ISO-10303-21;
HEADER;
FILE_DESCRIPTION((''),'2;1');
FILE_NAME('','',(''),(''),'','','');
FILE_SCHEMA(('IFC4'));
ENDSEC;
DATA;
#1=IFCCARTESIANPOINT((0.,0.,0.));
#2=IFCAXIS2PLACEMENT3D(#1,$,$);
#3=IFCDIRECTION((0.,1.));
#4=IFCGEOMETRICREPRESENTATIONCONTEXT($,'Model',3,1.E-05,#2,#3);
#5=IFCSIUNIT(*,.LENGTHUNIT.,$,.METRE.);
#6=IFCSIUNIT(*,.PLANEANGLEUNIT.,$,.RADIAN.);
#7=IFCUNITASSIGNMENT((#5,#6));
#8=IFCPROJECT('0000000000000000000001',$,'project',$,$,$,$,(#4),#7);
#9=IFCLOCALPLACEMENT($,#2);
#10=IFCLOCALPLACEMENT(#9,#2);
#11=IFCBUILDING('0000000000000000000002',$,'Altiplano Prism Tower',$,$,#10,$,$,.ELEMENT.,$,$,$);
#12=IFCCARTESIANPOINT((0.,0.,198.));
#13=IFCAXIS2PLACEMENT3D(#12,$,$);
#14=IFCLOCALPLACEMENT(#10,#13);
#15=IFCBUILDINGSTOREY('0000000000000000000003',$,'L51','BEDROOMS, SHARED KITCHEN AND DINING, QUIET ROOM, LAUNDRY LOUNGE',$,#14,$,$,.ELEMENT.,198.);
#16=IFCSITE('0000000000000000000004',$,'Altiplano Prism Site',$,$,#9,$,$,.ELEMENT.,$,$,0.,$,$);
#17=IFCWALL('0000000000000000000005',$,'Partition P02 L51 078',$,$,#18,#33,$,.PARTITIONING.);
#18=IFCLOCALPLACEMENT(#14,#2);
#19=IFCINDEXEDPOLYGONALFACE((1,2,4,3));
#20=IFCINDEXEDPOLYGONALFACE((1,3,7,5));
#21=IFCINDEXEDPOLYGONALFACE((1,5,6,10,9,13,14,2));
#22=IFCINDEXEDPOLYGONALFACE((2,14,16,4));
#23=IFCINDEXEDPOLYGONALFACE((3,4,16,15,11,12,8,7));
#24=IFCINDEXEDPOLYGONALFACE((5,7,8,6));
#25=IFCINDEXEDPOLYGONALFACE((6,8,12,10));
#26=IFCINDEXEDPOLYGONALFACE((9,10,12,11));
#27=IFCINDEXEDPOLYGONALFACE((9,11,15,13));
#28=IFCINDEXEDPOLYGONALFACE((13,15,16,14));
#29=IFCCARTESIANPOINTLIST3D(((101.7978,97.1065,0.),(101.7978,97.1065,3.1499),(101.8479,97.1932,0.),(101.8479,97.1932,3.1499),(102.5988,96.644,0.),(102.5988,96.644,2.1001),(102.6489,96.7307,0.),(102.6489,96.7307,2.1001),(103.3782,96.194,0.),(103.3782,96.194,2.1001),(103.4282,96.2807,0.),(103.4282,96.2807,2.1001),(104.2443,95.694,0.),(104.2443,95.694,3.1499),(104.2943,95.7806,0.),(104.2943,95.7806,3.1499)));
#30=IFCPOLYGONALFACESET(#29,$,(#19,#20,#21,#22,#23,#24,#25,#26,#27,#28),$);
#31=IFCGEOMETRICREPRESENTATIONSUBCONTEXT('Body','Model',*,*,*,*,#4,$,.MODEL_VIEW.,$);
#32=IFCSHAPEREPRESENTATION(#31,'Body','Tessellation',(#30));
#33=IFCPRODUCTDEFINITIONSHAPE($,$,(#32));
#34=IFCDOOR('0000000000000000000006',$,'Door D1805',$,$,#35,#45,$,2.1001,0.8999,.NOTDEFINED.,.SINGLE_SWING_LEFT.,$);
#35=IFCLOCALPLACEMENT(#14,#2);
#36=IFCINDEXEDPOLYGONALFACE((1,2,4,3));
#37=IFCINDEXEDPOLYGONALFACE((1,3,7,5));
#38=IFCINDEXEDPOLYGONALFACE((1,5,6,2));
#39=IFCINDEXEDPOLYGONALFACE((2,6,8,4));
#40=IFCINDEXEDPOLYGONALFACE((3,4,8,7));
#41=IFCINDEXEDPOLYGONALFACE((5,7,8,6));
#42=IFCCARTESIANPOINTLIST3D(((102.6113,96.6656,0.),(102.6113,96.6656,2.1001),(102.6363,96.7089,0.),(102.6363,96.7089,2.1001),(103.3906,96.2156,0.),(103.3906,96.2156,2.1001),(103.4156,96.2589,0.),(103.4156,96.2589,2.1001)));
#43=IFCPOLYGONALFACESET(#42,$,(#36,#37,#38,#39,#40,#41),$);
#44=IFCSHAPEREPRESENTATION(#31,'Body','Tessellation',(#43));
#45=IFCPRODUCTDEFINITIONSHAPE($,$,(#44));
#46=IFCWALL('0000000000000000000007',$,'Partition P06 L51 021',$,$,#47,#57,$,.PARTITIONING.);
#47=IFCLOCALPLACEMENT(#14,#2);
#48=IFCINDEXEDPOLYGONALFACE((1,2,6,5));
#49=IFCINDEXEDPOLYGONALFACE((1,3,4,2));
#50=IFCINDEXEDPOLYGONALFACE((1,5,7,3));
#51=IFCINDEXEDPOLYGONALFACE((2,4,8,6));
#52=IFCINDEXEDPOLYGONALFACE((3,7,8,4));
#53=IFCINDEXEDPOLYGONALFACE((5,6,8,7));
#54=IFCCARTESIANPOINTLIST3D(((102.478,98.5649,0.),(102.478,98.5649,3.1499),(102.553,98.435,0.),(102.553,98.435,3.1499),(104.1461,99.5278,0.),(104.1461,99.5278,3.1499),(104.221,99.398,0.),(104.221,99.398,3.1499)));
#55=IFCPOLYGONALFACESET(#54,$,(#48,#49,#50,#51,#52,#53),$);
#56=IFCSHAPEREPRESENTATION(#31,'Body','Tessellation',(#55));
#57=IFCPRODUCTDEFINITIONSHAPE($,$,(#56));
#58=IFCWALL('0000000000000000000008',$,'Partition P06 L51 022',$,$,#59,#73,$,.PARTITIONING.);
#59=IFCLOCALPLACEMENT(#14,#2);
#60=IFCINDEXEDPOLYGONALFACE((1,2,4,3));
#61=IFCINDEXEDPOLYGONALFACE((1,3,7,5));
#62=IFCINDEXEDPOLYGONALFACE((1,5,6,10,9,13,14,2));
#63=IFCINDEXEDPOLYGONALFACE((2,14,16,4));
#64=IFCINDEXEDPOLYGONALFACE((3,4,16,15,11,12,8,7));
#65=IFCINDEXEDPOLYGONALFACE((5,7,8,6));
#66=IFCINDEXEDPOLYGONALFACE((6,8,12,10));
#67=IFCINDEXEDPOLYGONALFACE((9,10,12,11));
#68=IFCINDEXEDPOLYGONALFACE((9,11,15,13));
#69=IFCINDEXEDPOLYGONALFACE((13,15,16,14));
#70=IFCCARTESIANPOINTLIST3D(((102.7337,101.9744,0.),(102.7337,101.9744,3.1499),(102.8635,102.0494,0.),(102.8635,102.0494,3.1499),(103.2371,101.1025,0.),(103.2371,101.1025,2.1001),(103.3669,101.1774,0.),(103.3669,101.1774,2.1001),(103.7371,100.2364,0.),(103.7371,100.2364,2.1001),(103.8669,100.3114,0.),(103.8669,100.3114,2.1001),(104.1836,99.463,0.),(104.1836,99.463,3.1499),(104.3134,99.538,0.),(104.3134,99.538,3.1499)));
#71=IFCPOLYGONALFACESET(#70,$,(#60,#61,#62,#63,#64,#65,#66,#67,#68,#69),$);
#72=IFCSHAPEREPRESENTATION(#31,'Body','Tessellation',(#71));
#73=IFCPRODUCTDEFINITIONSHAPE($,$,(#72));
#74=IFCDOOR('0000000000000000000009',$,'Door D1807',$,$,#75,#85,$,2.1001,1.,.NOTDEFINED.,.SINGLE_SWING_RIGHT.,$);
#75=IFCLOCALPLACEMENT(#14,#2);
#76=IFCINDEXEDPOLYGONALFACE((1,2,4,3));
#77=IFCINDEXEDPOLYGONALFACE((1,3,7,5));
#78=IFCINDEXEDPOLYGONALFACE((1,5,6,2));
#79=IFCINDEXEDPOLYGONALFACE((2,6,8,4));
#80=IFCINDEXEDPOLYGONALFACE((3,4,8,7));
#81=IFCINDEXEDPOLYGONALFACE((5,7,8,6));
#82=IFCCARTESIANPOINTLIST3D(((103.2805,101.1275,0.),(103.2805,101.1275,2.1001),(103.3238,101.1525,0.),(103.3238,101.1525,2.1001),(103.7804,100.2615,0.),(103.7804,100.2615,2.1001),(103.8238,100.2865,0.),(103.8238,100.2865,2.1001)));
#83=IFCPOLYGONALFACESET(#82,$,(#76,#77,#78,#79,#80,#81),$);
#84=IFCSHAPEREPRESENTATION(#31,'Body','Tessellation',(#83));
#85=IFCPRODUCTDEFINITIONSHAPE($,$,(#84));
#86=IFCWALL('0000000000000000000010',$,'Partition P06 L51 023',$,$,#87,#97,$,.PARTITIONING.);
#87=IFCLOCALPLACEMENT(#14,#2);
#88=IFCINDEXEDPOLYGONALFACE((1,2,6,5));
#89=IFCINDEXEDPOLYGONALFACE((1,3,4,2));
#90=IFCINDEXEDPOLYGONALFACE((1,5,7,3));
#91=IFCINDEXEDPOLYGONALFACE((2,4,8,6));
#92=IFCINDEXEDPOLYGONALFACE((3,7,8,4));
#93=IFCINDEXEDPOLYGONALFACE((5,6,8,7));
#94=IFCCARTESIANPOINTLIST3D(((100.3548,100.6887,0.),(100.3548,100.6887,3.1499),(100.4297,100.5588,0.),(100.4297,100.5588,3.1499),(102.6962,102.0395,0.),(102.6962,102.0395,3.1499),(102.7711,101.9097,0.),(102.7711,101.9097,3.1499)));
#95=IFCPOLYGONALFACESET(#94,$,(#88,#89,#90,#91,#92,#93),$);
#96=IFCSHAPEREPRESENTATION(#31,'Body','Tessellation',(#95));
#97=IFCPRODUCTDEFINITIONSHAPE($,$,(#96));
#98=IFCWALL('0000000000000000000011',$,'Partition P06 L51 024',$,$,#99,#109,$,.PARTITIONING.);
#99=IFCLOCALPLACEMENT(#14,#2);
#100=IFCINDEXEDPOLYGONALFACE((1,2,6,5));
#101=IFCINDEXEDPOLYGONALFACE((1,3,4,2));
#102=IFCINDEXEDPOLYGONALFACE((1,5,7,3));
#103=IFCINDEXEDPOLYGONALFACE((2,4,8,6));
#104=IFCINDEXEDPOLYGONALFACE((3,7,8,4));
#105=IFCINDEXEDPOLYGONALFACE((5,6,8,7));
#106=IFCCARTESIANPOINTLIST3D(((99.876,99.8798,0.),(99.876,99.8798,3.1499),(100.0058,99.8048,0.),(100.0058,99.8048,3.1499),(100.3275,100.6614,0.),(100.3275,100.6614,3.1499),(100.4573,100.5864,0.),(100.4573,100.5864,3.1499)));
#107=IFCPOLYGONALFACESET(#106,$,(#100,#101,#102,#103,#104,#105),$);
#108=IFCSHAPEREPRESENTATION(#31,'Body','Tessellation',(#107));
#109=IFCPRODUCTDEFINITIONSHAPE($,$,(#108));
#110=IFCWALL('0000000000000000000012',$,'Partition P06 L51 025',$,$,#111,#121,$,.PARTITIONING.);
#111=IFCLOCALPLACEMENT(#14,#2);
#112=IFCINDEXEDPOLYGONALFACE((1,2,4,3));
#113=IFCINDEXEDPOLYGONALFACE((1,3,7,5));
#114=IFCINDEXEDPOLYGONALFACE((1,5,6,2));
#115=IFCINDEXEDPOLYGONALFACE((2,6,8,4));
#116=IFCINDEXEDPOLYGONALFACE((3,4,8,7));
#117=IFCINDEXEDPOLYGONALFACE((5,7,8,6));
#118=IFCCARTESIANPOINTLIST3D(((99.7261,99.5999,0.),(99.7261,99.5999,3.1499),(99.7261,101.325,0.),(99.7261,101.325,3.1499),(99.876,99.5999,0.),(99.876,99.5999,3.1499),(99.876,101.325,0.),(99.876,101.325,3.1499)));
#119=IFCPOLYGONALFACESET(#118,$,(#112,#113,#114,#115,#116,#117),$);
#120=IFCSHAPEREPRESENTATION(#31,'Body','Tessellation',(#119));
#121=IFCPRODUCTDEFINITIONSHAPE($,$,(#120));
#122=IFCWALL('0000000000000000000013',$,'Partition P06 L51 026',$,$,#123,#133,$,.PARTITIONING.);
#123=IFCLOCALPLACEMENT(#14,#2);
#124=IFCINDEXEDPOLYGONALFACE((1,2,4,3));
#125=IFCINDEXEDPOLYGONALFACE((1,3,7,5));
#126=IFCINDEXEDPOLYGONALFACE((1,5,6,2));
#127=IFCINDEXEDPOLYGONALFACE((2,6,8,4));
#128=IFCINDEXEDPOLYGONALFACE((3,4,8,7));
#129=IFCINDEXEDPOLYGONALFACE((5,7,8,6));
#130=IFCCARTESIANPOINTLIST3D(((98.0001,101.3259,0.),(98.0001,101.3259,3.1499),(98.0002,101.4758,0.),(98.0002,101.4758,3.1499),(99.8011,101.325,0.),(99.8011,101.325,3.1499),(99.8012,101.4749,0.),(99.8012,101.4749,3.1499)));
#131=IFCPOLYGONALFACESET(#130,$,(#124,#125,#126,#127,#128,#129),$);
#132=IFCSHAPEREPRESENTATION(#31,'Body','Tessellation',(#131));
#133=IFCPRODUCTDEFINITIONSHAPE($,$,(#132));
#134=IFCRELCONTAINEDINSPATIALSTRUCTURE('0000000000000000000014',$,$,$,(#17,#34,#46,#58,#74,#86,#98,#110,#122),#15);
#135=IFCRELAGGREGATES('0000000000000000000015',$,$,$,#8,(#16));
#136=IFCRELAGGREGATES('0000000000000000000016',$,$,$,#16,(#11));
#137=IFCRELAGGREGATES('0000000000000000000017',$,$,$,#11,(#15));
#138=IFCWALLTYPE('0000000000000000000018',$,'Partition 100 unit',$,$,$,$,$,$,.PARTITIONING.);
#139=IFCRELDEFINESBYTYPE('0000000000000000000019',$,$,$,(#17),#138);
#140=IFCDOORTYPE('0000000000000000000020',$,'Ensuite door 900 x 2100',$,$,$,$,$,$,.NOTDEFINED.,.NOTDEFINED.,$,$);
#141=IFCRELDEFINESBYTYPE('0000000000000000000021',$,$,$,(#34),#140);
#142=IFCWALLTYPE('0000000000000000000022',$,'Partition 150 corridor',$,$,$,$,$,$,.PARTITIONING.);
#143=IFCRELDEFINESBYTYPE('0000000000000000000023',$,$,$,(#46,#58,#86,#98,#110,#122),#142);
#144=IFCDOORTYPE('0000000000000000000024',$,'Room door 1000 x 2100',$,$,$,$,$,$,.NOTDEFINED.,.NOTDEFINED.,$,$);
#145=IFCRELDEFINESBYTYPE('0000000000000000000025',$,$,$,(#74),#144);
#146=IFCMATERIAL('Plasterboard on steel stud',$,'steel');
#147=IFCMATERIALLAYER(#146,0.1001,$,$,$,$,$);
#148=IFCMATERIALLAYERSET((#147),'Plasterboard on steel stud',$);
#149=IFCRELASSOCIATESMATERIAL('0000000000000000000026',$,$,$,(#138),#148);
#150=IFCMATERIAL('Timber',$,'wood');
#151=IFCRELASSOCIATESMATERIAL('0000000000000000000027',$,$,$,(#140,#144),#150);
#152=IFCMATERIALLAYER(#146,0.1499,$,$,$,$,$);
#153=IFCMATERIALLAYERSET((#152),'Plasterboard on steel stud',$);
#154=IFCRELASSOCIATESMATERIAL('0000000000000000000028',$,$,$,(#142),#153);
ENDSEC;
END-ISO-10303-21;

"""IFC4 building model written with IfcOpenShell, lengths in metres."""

from ifc_helpers import new_model, si_unit, direction, frame, frame_2d, origin, place, context, subcontext, project, spatial, rectangle, extrude, material, layer, layer_set, type_object, element, fill, save


model = new_model("IFC4")

# Units and contexts
model_context = context("Model", 3, precision=1e-05, world=origin(), true_north=direction((0.0, 1.0)))
body_context = subcontext(model_context, "Body", "Model", "MODEL_VIEW")
ifc_project = project(units=[si_unit("LENGTHUNIT", "METRE"), si_unit("PLANEANGLEUNIT", "RADIAN")], contexts=[model_context])

# Site, building, storey
site_placement = place(None, origin())
site = spatial("IfcSite", under=ifc_project, at=site_placement, Name="Altiplano Prism Site", CompositionType="ELEMENT", RefElevation=0.0)
building_placement = place(site_placement, origin())
building = spatial("IfcBuilding", under=site, at=building_placement, Name="Altiplano Prism Tower", CompositionType="ELEMENT")
storey_placement = place(building_placement, frame((0.0, 0.0, 198.0)))
storey = spatial("IfcBuildingStorey", under=building, at=storey_placement, Name="L51", Description="BEDROOMS, SHARED KITCHEN AND DINING, QUIET ROOM, LAUNDRY LOUNGE", CompositionType="ELEMENT", Elevation=198.0)

# Wall, opening, door
ifc_material_1 = material(Name="Plasterboard on steel stud", Category="steel")
ifc_layer_1 = layer(ifc_material_1, 0.1001)
ifc_layer_set_1 = layer_set([ifc_layer_1], Name="Plasterboard on steel stud")
wall_type_1 = type_object("IfcWallType", Name="Partition 100 unit", PredefinedType="PARTITIONING", material=ifc_layer_set_1)
wall_1_placement = place(storey_placement, frame((101.8228, 97.1499, 0.0), z_axis=(0.0, 0.0, 1.0), x_axis=(0.866011, -0.500024, 0.0)))
wall_1 = element("IfcWall", 1, at=wall_1_placement, inside=storey, type_object=wall_type_1, Name="Partition P02 L51 078", PredefinedType="PARTITIONING", context=body_context, shape_type="SweptSolid", body=[
    extrude(rectangle(XDim=2.825, YDim=0.1001, at=frame_2d((1.4126, 0.0))), origin(), (0.0, 0.0, 1.0), 3.1499),
])
opening_1_placement = place(wall_1_placement, frame((0.925, 0.0, 0.0)))
opening_1 = element("IfcOpeningElement", 2, at=opening_1_placement, cuts=wall_1, PredefinedType="OPENING", context=body_context, shape_type="SweptSolid", body=[
    extrude(rectangle(XDim=0.8999, YDim=2.1001, at=frame_2d((0.45, 1.05))), frame((0.0, 0.0605, 0.0), z_axis=(0.0, -1.0, 0.0), x_axis=(1.0, 0.0, 0.0)), (0.0, 0.0, 1.0), 0.1211),
])
ifc_material_2 = material(Name="Timber", Category="wood")
door_type_1 = type_object("IfcDoorType", Name="Ensuite door 900 x 2100", OperationType="NOTDEFINED", PredefinedType="NOTDEFINED", material=ifc_material_2)
door_1_placement = place(opening_1_placement, origin())
door_1 = element("IfcDoor", 3, at=door_1_placement, inside=storey, type_object=door_type_1, Name="Door D1805", OperationType="SINGLE_SWING_LEFT", OverallHeight=2.1001, OverallWidth=0.8999, PredefinedType="NOTDEFINED", context=body_context, shape_type="SweptSolid", body=[
    extrude(rectangle(XDim=0.8999, YDim=2.1001, at=frame_2d((0.45, 1.05))), frame((0.0, 0.0249, 0.0), z_axis=(0.0, -1.0, 0.0), x_axis=(1.0, 0.0, 0.0)), (0.0, 0.0, 1.0), 0.05),
])
fill(opening_1, door_1)

# Wall
ifc_layer_2 = layer(ifc_material_1, 0.1499)
ifc_layer_set_2 = layer_set([ifc_layer_2], Name="Plasterboard on steel stud")
wall_type_2 = type_object("IfcWallType", Name="Partition 150 corridor", PredefinedType="PARTITIONING", material=ifc_layer_set_2)
wall_2_placement = place(storey_placement, frame((102.5156, 98.5, 0.0), z_axis=(0.0, 0.0, 1.0), x_axis=(0.86605, 0.499957, 0.0)))
element("IfcWall", 4, at=wall_2_placement, inside=storey, type_object=wall_type_2, Name="Partition P06 L51 021", PredefinedType="PARTITIONING", context=body_context, shape_type="SweptSolid", body=[
    extrude(rectangle(XDim=1.926, YDim=0.1499, at=frame_2d((0.9629, 0.0))), origin(), (0.0, 0.0, 1.0), 3.1499),
])

# Wall, opening, door
wall_3_placement = place(storey_placement, frame((104.2485, 99.5005, 0.0), z_axis=(0.0, 0.0, 1.0), x_axis=(-0.499987, 0.866033, 0.0)))
wall_3 = element("IfcWall", 5, at=wall_3_placement, inside=storey, type_object=wall_type_2, Name="Partition P06 L51 022", PredefinedType="PARTITIONING", context=body_context, shape_type="SweptSolid", body=[
    extrude(rectangle(XDim=2.8999, YDim=0.1499, at=frame_2d((1.45, 0.0))), origin(), (0.0, 0.0, 1.0), 3.1499),
])
opening_2_placement = place(wall_3_placement, frame((0.8931, 0.0, 0.0)))
opening_2 = element("IfcOpeningElement", 6, at=opening_2_placement, cuts=wall_3, PredefinedType="OPENING", context=body_context, shape_type="SweptSolid", body=[
    extrude(rectangle(XDim=1.0, YDim=2.1001, at=frame_2d((0.5, 1.05))), frame((0.0, 0.0854, 0.0), z_axis=(0.0, -1.0, 0.0), x_axis=(1.0, 0.0, 0.0)), (0.0, 0.0, 1.0), 0.1709),
])
door_type_2 = type_object("IfcDoorType", Name="Room door 1000 x 2100", OperationType="NOTDEFINED", PredefinedType="NOTDEFINED", material=ifc_material_2)
door_2_placement = place(opening_2_placement, origin())
door_2 = element("IfcDoor", 7, at=door_2_placement, inside=storey, type_object=door_type_2, Name="Door D1807", OperationType="SINGLE_SWING_RIGHT", OverallHeight=2.1001, OverallWidth=1.0, PredefinedType="NOTDEFINED", context=body_context, shape_type="SweptSolid", body=[
    extrude(rectangle(XDim=1.0, YDim=2.1001, at=frame_2d((0.5, 1.05))), frame((0.0, 0.0249, 0.0), z_axis=(0.0, -1.0, 0.0), x_axis=(1.0, 0.0, 0.0)), (0.0, 0.0, 1.0), 0.05),
])
fill(opening_2, door_2)

# Walls
wall_4_placement = place(storey_placement, frame((102.7336, 101.9746, 0.0), z_axis=(0.0, 0.0, 1.0), x_axis=(-0.866174, -0.499743, 0.0)))
element("IfcWall", 8, at=wall_4_placement, inside=storey, type_object=wall_type_2, Name="Partition P06 L51 023", PredefinedType="PARTITIONING", context=body_context, shape_type="SweptSolid", body=[
    extrude(rectangle(XDim=2.7031, YDim=0.1499, at=frame_2d((1.3516, 0.0))), origin(), (0.0, 0.0, 1.0), 3.1499),
])
wall_5_placement = place(storey_placement, frame((100.3923, 100.6238, 0.0), z_axis=(0.0, 0.0, 1.0), x_axis=(-0.500183, -0.86592, 0.0)))
element("IfcWall", 9, at=wall_5_placement, inside=storey, type_object=wall_type_2, Name="Partition P06 L51 024", PredefinedType="PARTITIONING", context=body_context, shape_type="SweptSolid", body=[
    extrude(rectangle(XDim=0.9026, YDim=0.1499, at=frame_2d((0.4512, 0.0))), origin(), (0.0, 0.0, 1.0), 3.1499),
])
wall_6_placement = place(storey_placement, frame((99.801, 99.5999, 0.0), z_axis=(0.0, 0.0, 1.0), x_axis=(0.0, 1.0, 0.0)))
element("IfcWall", 10, at=wall_6_placement, inside=storey, type_object=wall_type_2, Name="Partition P06 L51 025", PredefinedType="PARTITIONING", context=body_context, shape_type="SweptSolid", body=[
    extrude(rectangle(XDim=1.7251, YDim=0.1499, at=frame_2d((0.8625, 0.0))), origin(), (0.0, 0.0, 1.0), 3.1499),
])
wall_7_placement = place(storey_placement, frame((99.801, 101.3999, 0.0), z_axis=(0.0, 0.0, 1.0), x_axis=(-1.0, 0.000542, 0.0)))
element("IfcWall", 11, at=wall_7_placement, inside=storey, type_object=wall_type_2, Name="Partition P06 L51 026", PredefinedType="PARTITIONING", context=body_context, shape_type="SweptSolid", body=[
    extrude(rectangle(XDim=1.801, YDim=0.1499, at=frame_2d((0.9004, 0.0))), origin(), (0.0, 0.0, 1.0), 3.1499),
])

save(model, "model.ifc")
